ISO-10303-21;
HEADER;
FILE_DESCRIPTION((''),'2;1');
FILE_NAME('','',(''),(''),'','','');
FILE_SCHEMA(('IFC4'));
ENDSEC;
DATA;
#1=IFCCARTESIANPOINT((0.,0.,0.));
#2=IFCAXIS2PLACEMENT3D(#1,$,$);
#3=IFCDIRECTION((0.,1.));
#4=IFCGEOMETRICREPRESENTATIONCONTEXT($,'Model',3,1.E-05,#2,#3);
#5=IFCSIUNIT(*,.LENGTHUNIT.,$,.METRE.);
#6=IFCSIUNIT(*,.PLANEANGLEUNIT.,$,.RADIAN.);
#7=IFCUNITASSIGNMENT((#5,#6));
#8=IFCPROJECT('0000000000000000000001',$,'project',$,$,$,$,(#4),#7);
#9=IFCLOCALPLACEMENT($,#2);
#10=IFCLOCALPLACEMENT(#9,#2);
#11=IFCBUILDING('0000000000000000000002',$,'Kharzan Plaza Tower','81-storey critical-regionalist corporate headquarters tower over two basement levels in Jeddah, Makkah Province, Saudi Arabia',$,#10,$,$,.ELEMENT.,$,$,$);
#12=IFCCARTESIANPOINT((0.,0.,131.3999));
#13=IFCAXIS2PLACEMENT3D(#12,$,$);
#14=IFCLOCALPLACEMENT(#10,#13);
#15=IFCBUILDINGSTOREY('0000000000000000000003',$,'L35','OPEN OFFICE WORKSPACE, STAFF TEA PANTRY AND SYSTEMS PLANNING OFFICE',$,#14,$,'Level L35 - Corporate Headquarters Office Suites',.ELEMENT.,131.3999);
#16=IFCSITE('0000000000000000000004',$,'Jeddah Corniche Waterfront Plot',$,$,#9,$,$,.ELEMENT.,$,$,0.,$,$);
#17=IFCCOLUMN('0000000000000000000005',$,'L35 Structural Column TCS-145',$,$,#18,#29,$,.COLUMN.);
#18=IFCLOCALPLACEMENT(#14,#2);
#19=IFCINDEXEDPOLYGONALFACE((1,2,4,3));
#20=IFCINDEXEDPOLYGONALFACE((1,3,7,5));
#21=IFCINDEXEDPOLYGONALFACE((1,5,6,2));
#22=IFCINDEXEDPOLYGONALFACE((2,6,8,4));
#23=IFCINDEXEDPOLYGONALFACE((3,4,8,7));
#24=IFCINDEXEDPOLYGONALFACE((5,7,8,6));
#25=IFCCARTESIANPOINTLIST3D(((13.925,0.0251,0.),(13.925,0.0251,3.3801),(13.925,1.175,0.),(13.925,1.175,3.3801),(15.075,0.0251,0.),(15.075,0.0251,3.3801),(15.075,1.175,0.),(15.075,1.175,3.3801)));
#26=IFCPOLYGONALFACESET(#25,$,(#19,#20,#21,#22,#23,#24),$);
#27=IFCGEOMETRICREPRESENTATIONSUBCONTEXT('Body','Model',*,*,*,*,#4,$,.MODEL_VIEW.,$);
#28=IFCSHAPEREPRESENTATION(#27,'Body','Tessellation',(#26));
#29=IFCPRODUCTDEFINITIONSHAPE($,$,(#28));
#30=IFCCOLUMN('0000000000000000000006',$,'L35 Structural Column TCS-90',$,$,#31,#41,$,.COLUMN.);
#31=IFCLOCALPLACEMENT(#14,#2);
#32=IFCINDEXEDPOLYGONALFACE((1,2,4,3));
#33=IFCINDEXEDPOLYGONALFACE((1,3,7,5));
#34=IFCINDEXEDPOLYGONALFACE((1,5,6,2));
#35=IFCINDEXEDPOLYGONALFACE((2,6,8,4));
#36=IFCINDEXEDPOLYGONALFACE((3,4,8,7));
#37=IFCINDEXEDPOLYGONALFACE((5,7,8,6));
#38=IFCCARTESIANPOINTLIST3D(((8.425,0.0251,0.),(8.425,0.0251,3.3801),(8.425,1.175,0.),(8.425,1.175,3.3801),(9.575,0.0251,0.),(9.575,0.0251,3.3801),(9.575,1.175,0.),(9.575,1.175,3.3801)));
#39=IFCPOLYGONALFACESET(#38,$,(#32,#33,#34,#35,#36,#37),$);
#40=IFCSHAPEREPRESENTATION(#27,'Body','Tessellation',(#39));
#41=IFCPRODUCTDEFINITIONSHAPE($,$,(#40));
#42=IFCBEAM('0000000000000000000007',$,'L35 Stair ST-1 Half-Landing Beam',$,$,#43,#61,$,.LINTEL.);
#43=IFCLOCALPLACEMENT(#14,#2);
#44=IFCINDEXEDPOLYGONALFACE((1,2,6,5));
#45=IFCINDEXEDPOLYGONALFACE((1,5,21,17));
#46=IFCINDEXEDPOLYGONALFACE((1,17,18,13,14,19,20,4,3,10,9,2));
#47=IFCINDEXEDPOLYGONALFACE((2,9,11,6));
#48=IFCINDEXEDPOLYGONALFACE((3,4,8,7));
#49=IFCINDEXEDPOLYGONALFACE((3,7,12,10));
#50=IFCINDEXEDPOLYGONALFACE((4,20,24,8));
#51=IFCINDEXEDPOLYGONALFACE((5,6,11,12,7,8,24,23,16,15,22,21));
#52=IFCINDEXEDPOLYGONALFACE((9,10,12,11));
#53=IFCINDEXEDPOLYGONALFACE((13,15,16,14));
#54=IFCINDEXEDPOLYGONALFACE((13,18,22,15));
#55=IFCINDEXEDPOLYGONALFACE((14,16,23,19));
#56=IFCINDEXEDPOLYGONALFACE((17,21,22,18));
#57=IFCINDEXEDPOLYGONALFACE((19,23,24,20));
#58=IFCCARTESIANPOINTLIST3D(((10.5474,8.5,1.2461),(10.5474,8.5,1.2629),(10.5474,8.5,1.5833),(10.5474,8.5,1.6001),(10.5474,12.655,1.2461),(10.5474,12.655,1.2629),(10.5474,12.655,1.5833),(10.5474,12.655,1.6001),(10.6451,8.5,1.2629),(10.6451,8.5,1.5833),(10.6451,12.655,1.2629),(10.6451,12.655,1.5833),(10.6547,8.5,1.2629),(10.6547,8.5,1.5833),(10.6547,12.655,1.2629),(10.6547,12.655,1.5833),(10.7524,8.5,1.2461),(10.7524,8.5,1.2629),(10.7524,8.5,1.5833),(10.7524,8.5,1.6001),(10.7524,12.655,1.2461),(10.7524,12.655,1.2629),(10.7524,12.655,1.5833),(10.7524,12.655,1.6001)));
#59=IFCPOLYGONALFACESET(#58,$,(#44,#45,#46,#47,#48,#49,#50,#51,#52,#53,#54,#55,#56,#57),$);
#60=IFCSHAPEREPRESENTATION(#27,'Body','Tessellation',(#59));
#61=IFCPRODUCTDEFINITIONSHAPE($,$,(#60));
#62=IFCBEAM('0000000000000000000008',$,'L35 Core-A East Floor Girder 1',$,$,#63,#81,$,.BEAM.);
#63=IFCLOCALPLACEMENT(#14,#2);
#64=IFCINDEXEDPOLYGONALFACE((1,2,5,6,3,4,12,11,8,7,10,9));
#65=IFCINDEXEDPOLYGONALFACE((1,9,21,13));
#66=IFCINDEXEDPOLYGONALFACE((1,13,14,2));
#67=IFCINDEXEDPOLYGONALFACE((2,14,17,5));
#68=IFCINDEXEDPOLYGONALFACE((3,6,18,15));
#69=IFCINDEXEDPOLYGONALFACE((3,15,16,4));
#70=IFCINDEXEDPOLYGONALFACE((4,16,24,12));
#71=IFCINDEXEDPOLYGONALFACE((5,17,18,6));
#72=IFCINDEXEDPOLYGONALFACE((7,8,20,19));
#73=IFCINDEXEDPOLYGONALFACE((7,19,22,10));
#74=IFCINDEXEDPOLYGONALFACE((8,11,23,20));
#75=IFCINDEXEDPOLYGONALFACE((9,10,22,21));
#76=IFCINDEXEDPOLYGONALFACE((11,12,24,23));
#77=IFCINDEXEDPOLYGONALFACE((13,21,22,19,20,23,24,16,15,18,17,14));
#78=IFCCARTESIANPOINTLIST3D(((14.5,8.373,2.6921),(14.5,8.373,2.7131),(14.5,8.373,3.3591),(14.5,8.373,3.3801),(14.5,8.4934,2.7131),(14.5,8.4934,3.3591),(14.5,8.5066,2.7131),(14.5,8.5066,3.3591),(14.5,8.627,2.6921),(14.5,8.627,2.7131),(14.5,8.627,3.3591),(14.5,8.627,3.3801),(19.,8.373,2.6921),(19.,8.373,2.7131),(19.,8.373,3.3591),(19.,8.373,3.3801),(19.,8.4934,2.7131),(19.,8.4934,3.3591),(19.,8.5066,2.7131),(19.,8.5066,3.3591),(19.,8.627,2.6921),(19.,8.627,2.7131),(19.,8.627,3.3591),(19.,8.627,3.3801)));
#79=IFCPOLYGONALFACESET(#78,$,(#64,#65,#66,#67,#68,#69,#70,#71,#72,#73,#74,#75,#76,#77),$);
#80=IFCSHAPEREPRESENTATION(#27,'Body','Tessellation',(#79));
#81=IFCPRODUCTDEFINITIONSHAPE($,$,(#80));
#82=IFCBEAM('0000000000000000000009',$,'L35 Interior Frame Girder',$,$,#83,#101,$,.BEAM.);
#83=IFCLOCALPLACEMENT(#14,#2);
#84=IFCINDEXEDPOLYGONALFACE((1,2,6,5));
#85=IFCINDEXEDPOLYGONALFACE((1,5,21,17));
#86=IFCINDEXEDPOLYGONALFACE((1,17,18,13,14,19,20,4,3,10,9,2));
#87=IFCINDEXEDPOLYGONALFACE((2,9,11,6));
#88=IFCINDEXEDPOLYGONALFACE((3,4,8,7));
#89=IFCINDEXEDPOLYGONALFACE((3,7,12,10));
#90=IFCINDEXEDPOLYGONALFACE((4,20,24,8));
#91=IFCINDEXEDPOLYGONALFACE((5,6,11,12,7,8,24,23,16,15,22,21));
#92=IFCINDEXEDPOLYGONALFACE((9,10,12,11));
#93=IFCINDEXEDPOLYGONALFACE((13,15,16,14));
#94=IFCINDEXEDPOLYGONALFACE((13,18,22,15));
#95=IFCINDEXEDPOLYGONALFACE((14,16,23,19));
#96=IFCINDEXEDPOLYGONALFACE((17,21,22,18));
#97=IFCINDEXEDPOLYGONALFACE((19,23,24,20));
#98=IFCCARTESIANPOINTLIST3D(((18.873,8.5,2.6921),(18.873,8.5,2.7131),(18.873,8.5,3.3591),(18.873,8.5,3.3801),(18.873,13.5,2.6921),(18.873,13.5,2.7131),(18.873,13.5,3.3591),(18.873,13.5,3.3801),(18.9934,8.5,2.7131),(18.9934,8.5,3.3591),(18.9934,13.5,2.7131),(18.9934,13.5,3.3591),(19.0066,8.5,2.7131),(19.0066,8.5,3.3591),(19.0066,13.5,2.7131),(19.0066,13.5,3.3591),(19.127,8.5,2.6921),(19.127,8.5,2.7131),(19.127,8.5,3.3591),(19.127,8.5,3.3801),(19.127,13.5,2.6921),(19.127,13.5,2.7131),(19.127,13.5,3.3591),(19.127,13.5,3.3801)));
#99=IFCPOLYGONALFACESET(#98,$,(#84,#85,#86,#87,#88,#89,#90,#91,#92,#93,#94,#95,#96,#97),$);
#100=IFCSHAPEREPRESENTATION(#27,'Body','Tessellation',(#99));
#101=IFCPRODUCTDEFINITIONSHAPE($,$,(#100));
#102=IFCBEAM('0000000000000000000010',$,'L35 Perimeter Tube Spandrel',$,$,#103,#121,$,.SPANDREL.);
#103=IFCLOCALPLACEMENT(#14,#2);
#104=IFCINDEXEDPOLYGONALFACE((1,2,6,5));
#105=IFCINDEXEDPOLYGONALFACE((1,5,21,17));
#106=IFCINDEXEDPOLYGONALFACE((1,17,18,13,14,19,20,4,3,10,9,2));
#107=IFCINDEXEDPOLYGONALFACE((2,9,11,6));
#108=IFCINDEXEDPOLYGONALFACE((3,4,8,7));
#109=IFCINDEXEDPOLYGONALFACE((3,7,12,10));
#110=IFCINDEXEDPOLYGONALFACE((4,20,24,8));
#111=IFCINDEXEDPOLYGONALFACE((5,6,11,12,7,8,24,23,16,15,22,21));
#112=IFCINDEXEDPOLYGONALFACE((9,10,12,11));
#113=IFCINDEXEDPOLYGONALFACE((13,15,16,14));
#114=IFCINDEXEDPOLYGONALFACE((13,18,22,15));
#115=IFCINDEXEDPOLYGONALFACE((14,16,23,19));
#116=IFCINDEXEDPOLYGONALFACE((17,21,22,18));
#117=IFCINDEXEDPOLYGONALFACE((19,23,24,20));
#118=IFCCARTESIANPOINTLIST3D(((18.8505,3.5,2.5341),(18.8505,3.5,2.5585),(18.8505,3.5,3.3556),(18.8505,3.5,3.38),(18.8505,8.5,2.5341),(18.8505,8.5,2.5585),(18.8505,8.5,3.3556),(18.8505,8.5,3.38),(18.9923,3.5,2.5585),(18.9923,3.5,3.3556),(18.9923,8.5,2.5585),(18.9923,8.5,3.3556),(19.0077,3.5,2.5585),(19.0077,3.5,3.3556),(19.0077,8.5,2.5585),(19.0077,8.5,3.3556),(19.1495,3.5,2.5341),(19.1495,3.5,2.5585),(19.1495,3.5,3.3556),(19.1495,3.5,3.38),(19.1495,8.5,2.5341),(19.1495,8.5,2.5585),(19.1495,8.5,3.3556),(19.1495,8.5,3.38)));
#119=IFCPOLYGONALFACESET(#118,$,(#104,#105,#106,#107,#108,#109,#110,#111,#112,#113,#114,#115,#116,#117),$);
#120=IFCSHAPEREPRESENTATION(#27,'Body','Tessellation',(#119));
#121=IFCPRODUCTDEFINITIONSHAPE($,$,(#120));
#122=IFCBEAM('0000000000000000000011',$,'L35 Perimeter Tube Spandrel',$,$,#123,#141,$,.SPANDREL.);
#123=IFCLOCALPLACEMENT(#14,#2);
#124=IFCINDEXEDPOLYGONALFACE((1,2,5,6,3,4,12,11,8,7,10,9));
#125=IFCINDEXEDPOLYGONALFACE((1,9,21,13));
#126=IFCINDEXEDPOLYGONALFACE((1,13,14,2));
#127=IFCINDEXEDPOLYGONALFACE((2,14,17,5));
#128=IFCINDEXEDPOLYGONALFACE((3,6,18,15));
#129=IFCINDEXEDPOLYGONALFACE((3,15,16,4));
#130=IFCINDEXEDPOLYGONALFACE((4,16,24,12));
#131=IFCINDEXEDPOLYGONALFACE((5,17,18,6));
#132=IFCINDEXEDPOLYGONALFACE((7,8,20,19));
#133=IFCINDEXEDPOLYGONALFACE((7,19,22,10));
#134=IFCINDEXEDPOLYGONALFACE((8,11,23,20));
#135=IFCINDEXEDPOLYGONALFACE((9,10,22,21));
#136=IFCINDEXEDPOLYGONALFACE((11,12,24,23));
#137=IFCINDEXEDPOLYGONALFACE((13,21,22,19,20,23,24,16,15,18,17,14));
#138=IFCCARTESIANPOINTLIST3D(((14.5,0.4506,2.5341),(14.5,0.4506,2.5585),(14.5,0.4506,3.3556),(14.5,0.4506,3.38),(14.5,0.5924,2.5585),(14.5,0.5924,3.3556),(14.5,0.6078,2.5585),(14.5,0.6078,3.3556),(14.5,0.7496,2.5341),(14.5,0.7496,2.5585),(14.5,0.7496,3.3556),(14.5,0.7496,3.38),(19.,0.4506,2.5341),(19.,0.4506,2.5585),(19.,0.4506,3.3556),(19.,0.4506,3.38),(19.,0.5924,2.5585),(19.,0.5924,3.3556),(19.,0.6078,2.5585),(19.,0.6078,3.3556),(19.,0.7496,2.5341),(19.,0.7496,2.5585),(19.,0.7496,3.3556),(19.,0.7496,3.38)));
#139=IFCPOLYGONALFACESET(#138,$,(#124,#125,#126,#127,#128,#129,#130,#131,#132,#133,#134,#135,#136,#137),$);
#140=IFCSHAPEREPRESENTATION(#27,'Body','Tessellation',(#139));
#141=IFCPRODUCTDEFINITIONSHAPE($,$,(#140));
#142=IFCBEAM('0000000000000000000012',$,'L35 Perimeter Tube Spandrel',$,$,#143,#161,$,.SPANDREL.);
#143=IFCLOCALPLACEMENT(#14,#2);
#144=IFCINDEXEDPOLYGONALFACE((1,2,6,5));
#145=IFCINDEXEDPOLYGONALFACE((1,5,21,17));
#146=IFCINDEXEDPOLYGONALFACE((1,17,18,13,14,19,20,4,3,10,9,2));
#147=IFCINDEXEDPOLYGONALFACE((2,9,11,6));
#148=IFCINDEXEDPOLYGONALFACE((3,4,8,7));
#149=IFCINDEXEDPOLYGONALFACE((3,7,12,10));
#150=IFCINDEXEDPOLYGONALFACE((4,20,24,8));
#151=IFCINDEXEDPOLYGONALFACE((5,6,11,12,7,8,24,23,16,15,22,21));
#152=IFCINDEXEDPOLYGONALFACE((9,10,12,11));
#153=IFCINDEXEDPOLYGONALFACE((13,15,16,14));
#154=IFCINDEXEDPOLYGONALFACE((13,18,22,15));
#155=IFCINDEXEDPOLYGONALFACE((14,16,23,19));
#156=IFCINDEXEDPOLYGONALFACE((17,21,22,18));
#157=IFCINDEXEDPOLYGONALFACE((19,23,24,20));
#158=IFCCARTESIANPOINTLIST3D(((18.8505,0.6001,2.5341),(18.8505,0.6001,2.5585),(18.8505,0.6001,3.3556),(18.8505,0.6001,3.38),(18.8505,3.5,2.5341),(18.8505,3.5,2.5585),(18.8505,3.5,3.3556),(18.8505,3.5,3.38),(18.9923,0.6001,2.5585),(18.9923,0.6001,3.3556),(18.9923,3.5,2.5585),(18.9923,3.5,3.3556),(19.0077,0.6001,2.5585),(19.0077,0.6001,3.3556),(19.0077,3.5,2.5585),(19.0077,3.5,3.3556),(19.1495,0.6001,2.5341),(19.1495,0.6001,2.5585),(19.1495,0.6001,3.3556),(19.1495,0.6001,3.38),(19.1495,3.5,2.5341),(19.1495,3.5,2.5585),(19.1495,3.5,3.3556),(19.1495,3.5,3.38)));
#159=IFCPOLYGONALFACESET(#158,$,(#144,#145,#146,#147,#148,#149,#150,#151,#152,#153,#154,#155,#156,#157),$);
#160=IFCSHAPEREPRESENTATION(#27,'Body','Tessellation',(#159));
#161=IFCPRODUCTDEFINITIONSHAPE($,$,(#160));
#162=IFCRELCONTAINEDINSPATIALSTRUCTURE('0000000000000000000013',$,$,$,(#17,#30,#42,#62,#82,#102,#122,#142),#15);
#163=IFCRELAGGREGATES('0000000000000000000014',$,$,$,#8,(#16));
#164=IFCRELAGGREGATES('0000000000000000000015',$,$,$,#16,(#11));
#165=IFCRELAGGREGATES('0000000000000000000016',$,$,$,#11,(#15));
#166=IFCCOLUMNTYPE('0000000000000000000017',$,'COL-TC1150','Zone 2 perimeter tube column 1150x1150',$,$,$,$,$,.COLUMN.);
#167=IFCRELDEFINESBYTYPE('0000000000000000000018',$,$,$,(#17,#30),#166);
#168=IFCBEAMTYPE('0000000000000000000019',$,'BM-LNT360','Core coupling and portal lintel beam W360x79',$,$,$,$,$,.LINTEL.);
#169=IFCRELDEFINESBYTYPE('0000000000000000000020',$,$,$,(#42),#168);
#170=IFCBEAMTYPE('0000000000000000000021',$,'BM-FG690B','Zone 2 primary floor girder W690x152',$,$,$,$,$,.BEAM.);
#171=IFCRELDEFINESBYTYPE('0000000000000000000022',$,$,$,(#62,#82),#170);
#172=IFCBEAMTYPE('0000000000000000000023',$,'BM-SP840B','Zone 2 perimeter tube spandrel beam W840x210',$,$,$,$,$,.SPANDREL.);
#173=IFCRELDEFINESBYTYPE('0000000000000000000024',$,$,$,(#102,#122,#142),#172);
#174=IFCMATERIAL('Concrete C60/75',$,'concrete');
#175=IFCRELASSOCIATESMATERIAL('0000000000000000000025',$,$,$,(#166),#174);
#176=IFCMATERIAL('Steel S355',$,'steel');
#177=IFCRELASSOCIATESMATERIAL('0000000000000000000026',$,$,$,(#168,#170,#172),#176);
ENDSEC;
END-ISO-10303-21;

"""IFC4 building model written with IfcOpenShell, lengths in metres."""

from ifc_helpers import new_model, si_unit, direction, frame, origin, origin_2d, place, context, subcontext, project, spatial, rectangle, i_section, extrude, source, transform, mapped, material, material_profile, profile_set, type_object, element, save


model = new_model("IFC4")

# Units and contexts
model_context = context("Model", 3, precision=1e-05, world=origin(), true_north=direction((0.0, 1.0)))
body_context = subcontext(model_context, "Body", "Model", "MODEL_VIEW")
ifc_project = project(units=[si_unit("LENGTHUNIT", "METRE"), si_unit("PLANEANGLEUNIT", "RADIAN")], contexts=[model_context])

# Site, building, storey
site_placement = place(None, origin())
site = spatial("IfcSite", under=ifc_project, at=site_placement, Name="Jeddah Corniche Waterfront Plot", CompositionType="ELEMENT", RefElevation=0.0)
building_placement = place(site_placement, origin())
building = spatial("IfcBuilding", under=site, at=building_placement, Name="Kharzan Plaza Tower", Description="81-storey critical-regionalist corporate headquarters tower over two basement levels in Jeddah, Makkah Province, Saudi Arabia", CompositionType="ELEMENT")
storey_placement = place(building_placement, frame((0.0, 0.0, 131.3999)))
storey = spatial("IfcBuildingStorey", under=building, at=storey_placement, Name="L35", Description="OPEN OFFICE WORKSPACE, STAFF TEA PANTRY AND SYSTEMS PLANNING OFFICE", LongName="Level L35 - Corporate Headquarters Office Suites", CompositionType="ELEMENT", Elevation=131.3999)

# Columns
ifc_material_1 = material(Name="Concrete C60/75", Category="concrete")
ifc_material_profile_1 = material_profile(ifc_material_1, rectangle(XDim=1.1499, YDim=1.1499, at=origin_2d()), Name="RC-TC1150x1150")
ifc_profile_set_1 = profile_set([ifc_material_profile_1], Name="Concrete C60/75")
column_type = type_object("IfcColumnType", Name="COL-TC1150", Description="Zone 2 perimeter tube column 1150x1150", PredefinedType="COLUMN", material=ifc_profile_set_1)
shared_shape_1 = source(origin(), body_context, "Body", "SweptSolid", [
    extrude(rectangle(XDim=1.1499, YDim=1.1499, at=origin_2d()), origin(), (0.0, 0.0, 1.0), 3.3801),
])
for number, where, z_axis, x_axis, name in (
    (1, (14.5, 0.6001, 0.0), (0.0, 0.0, 1.0), (1.0, 0.0, 0.0), "L35 Structural Column TCS-145"),
    (2, (9.0, 0.6001, 0.0), (0.0, 0.0, 1.0), (1.0, 0.0, 0.0), "L35 Structural Column TCS-90"),
):
    element("IfcColumn", number, at=place(storey_placement, frame(where, z_axis=z_axis, x_axis=x_axis)), inside=storey, type_object=column_type, Name=name, PredefinedType="COLUMN", context=body_context, shape_type="MappedRepresentation", body=[
        mapped(shared_shape_1, transform((0.0, 0.0, 0.0), x_axis=(1.0, 0.0, 0.0), y_axis=(0.0, 1.0, 0.0), z_axis=(0.0, 0.0, 1.0))),
    ])

# Beams
ifc_material_2 = material(Name="Steel S355", Category="steel")
ifc_material_profile_2 = material_profile(ifc_material_2, i_section(OverallWidth=0.2051, OverallDepth=0.354, WebThickness=0.0095, FlangeThickness=0.0168, at=origin_2d()), Name="W360x79")
ifc_profile_set_2 = profile_set([ifc_material_profile_2], Name="Steel S355")
beam_type_1 = type_object("IfcBeamType", Name="BM-LNT360", Description="Core coupling and portal lintel beam W360x79", PredefinedType="LINTEL", material=ifc_profile_set_2)
shared_shape_2 = source(origin(), body_context, "Body", "SweptSolid", [
    extrude(i_section(OverallWidth=0.2051, OverallDepth=0.354, WebThickness=0.0095, FlangeThickness=0.0168, at=origin_2d()), origin(), (0.0, 0.0, 1.0), 4.155),
])
beam_1_placement = place(storey_placement, frame((10.6499, 8.5, 1.4231), z_axis=(0.0, 1.0, 0.0), x_axis=(-1.0, 0.0, 0.0)))
element("IfcBeam", 3, at=beam_1_placement, inside=storey, type_object=beam_type_1, Name="L35 Stair ST-1 Half-Landing Beam", PredefinedType="LINTEL", context=body_context, shape_type="MappedRepresentation", body=[
    mapped(shared_shape_2, transform((0.0, 0.0, 0.0), x_axis=(1.0, 0.0, 0.0), y_axis=(0.0, 1.0, 0.0), z_axis=(0.0, 0.0, 1.0))),
])
ifc_material_profile_3 = material_profile(ifc_material_2, i_section(OverallWidth=0.2539, OverallDepth=0.688, WebThickness=0.0132, FlangeThickness=0.021, at=origin_2d()), Name="W690x152")
ifc_profile_set_3 = profile_set([ifc_material_profile_3], Name="Steel S355")
beam_type_2 = type_object("IfcBeamType", Name="BM-FG690B", Description="Zone 2 primary floor girder W690x152", PredefinedType="BEAM", material=ifc_profile_set_3)
shared_shape_3 = source(origin(), body_context, "Body", "SweptSolid", [
    extrude(i_section(OverallWidth=0.2539, OverallDepth=0.688, WebThickness=0.0132, FlangeThickness=0.021, at=origin_2d()), origin(), (0.0, 0.0, 1.0), 4.5),
])
beam_2_placement = place(storey_placement, frame((14.5, 8.5, 3.0361), z_axis=(1.0, 0.0, 0.0), x_axis=(0.0, 1.0, 0.0)))
element("IfcBeam", 4, at=beam_2_placement, inside=storey, type_object=beam_type_2, Name="L35 Core-A East Floor Girder 1", PredefinedType="BEAM", context=body_context, shape_type="MappedRepresentation", body=[
    mapped(shared_shape_3, transform((0.0, 0.0, 0.0), x_axis=(1.0, 0.0, 0.0), y_axis=(0.0, 1.0, 0.0), z_axis=(0.0, 0.0, 1.0))),
])
shared_shape_4 = source(origin(), body_context, "Body", "SweptSolid", [
    extrude(i_section(OverallWidth=0.2539, OverallDepth=0.688, WebThickness=0.0132, FlangeThickness=0.021, at=origin_2d()), origin(), (0.0, 0.0, 1.0), 5.0),
])
beam_3_placement = place(storey_placement, frame((19.0, 8.5, 3.0361), z_axis=(0.0, 1.0, 0.0), x_axis=(-1.0, 0.0, 0.0)))
element("IfcBeam", 5, at=beam_3_placement, inside=storey, type_object=beam_type_2, Name="L35 Interior Frame Girder", PredefinedType="BEAM", context=body_context, shape_type="MappedRepresentation", body=[
    mapped(shared_shape_4, transform((0.0, 0.0, 0.0), x_axis=(1.0, 0.0, 0.0), y_axis=(0.0, 1.0, 0.0), z_axis=(0.0, 0.0, 1.0))),
])
ifc_material_profile_4 = material_profile(ifc_material_2, i_section(OverallWidth=0.2991, OverallDepth=0.8459, WebThickness=0.0154, FlangeThickness=0.0244, at=origin_2d()), Name="W840x210")
ifc_profile_set_4 = profile_set([ifc_material_profile_4], Name="Steel S355")
beam_type_3 = type_object("IfcBeamType", Name="BM-SP840B", Description="Zone 2 perimeter tube spandrel beam W840x210", PredefinedType="SPANDREL", material=ifc_profile_set_4)
shared_shape_5 = source(origin(), body_context, "Body", "SweptSolid", [
    extrude(i_section(OverallWidth=0.2991, OverallDepth=0.8459, WebThickness=0.0154, FlangeThickness=0.0244, at=origin_2d()), origin(), (0.0, 0.0, 1.0), 5.0),
])
beam_4_placement = place(storey_placement, frame((19.0, 3.5, 2.957), z_axis=(0.0, 1.0, 0.0), x_axis=(-1.0, 0.0, 0.0)))
element("IfcBeam", 6, at=beam_4_placement, inside=storey, type_object=beam_type_3, Name="L35 Perimeter Tube Spandrel", PredefinedType="SPANDREL", context=body_context, shape_type="MappedRepresentation", body=[
    mapped(shared_shape_5, transform((0.0, 0.0, 0.0), x_axis=(1.0, 0.0, 0.0), y_axis=(0.0, 1.0, 0.0), z_axis=(0.0, 0.0, 1.0))),
])
shared_shape_6 = source(origin(), body_context, "Body", "SweptSolid", [
    extrude(i_section(OverallWidth=0.2991, OverallDepth=0.8459, WebThickness=0.0154, FlangeThickness=0.0244, at=origin_2d()), origin(), (0.0, 0.0, 1.0), 4.5),
])
beam_5_placement = place(storey_placement, frame((14.5, 0.6001, 2.957), z_axis=(1.0, 0.0, 0.0), x_axis=(0.0, 1.0, 0.0)))
element("IfcBeam", 7, at=beam_5_placement, inside=storey, type_object=beam_type_3, Name="L35 Perimeter Tube Spandrel", PredefinedType="SPANDREL", context=body_context, shape_type="MappedRepresentation", body=[
    mapped(shared_shape_6, transform((0.0, 0.0, 0.0), x_axis=(1.0, 0.0, 0.0), y_axis=(0.0, 1.0, 0.0), z_axis=(0.0, 0.0, 1.0))),
])
shared_shape_7 = source(origin(), body_context, "Body", "SweptSolid", [
    extrude(i_section(OverallWidth=0.2991, OverallDepth=0.8459, WebThickness=0.0154, FlangeThickness=0.0244, at=origin_2d()), origin(), (0.0, 0.0, 1.0), 2.8999),
])
beam_6_placement = place(storey_placement, frame((19.0, 0.6001, 2.957), z_axis=(0.0, 1.0, 0.0), x_axis=(-1.0, 0.0, 0.0)))
element("IfcBeam", 8, at=beam_6_placement, inside=storey, type_object=beam_type_3, Name="L35 Perimeter Tube Spandrel", PredefinedType="SPANDREL", context=body_context, shape_type="MappedRepresentation", body=[
    mapped(shared_shape_7, transform((0.0, 0.0, 0.0), x_axis=(1.0, 0.0, 0.0), y_axis=(0.0, 1.0, 0.0), z_axis=(0.0, 0.0, 1.0))),
])

save(model, "model.ifc")
